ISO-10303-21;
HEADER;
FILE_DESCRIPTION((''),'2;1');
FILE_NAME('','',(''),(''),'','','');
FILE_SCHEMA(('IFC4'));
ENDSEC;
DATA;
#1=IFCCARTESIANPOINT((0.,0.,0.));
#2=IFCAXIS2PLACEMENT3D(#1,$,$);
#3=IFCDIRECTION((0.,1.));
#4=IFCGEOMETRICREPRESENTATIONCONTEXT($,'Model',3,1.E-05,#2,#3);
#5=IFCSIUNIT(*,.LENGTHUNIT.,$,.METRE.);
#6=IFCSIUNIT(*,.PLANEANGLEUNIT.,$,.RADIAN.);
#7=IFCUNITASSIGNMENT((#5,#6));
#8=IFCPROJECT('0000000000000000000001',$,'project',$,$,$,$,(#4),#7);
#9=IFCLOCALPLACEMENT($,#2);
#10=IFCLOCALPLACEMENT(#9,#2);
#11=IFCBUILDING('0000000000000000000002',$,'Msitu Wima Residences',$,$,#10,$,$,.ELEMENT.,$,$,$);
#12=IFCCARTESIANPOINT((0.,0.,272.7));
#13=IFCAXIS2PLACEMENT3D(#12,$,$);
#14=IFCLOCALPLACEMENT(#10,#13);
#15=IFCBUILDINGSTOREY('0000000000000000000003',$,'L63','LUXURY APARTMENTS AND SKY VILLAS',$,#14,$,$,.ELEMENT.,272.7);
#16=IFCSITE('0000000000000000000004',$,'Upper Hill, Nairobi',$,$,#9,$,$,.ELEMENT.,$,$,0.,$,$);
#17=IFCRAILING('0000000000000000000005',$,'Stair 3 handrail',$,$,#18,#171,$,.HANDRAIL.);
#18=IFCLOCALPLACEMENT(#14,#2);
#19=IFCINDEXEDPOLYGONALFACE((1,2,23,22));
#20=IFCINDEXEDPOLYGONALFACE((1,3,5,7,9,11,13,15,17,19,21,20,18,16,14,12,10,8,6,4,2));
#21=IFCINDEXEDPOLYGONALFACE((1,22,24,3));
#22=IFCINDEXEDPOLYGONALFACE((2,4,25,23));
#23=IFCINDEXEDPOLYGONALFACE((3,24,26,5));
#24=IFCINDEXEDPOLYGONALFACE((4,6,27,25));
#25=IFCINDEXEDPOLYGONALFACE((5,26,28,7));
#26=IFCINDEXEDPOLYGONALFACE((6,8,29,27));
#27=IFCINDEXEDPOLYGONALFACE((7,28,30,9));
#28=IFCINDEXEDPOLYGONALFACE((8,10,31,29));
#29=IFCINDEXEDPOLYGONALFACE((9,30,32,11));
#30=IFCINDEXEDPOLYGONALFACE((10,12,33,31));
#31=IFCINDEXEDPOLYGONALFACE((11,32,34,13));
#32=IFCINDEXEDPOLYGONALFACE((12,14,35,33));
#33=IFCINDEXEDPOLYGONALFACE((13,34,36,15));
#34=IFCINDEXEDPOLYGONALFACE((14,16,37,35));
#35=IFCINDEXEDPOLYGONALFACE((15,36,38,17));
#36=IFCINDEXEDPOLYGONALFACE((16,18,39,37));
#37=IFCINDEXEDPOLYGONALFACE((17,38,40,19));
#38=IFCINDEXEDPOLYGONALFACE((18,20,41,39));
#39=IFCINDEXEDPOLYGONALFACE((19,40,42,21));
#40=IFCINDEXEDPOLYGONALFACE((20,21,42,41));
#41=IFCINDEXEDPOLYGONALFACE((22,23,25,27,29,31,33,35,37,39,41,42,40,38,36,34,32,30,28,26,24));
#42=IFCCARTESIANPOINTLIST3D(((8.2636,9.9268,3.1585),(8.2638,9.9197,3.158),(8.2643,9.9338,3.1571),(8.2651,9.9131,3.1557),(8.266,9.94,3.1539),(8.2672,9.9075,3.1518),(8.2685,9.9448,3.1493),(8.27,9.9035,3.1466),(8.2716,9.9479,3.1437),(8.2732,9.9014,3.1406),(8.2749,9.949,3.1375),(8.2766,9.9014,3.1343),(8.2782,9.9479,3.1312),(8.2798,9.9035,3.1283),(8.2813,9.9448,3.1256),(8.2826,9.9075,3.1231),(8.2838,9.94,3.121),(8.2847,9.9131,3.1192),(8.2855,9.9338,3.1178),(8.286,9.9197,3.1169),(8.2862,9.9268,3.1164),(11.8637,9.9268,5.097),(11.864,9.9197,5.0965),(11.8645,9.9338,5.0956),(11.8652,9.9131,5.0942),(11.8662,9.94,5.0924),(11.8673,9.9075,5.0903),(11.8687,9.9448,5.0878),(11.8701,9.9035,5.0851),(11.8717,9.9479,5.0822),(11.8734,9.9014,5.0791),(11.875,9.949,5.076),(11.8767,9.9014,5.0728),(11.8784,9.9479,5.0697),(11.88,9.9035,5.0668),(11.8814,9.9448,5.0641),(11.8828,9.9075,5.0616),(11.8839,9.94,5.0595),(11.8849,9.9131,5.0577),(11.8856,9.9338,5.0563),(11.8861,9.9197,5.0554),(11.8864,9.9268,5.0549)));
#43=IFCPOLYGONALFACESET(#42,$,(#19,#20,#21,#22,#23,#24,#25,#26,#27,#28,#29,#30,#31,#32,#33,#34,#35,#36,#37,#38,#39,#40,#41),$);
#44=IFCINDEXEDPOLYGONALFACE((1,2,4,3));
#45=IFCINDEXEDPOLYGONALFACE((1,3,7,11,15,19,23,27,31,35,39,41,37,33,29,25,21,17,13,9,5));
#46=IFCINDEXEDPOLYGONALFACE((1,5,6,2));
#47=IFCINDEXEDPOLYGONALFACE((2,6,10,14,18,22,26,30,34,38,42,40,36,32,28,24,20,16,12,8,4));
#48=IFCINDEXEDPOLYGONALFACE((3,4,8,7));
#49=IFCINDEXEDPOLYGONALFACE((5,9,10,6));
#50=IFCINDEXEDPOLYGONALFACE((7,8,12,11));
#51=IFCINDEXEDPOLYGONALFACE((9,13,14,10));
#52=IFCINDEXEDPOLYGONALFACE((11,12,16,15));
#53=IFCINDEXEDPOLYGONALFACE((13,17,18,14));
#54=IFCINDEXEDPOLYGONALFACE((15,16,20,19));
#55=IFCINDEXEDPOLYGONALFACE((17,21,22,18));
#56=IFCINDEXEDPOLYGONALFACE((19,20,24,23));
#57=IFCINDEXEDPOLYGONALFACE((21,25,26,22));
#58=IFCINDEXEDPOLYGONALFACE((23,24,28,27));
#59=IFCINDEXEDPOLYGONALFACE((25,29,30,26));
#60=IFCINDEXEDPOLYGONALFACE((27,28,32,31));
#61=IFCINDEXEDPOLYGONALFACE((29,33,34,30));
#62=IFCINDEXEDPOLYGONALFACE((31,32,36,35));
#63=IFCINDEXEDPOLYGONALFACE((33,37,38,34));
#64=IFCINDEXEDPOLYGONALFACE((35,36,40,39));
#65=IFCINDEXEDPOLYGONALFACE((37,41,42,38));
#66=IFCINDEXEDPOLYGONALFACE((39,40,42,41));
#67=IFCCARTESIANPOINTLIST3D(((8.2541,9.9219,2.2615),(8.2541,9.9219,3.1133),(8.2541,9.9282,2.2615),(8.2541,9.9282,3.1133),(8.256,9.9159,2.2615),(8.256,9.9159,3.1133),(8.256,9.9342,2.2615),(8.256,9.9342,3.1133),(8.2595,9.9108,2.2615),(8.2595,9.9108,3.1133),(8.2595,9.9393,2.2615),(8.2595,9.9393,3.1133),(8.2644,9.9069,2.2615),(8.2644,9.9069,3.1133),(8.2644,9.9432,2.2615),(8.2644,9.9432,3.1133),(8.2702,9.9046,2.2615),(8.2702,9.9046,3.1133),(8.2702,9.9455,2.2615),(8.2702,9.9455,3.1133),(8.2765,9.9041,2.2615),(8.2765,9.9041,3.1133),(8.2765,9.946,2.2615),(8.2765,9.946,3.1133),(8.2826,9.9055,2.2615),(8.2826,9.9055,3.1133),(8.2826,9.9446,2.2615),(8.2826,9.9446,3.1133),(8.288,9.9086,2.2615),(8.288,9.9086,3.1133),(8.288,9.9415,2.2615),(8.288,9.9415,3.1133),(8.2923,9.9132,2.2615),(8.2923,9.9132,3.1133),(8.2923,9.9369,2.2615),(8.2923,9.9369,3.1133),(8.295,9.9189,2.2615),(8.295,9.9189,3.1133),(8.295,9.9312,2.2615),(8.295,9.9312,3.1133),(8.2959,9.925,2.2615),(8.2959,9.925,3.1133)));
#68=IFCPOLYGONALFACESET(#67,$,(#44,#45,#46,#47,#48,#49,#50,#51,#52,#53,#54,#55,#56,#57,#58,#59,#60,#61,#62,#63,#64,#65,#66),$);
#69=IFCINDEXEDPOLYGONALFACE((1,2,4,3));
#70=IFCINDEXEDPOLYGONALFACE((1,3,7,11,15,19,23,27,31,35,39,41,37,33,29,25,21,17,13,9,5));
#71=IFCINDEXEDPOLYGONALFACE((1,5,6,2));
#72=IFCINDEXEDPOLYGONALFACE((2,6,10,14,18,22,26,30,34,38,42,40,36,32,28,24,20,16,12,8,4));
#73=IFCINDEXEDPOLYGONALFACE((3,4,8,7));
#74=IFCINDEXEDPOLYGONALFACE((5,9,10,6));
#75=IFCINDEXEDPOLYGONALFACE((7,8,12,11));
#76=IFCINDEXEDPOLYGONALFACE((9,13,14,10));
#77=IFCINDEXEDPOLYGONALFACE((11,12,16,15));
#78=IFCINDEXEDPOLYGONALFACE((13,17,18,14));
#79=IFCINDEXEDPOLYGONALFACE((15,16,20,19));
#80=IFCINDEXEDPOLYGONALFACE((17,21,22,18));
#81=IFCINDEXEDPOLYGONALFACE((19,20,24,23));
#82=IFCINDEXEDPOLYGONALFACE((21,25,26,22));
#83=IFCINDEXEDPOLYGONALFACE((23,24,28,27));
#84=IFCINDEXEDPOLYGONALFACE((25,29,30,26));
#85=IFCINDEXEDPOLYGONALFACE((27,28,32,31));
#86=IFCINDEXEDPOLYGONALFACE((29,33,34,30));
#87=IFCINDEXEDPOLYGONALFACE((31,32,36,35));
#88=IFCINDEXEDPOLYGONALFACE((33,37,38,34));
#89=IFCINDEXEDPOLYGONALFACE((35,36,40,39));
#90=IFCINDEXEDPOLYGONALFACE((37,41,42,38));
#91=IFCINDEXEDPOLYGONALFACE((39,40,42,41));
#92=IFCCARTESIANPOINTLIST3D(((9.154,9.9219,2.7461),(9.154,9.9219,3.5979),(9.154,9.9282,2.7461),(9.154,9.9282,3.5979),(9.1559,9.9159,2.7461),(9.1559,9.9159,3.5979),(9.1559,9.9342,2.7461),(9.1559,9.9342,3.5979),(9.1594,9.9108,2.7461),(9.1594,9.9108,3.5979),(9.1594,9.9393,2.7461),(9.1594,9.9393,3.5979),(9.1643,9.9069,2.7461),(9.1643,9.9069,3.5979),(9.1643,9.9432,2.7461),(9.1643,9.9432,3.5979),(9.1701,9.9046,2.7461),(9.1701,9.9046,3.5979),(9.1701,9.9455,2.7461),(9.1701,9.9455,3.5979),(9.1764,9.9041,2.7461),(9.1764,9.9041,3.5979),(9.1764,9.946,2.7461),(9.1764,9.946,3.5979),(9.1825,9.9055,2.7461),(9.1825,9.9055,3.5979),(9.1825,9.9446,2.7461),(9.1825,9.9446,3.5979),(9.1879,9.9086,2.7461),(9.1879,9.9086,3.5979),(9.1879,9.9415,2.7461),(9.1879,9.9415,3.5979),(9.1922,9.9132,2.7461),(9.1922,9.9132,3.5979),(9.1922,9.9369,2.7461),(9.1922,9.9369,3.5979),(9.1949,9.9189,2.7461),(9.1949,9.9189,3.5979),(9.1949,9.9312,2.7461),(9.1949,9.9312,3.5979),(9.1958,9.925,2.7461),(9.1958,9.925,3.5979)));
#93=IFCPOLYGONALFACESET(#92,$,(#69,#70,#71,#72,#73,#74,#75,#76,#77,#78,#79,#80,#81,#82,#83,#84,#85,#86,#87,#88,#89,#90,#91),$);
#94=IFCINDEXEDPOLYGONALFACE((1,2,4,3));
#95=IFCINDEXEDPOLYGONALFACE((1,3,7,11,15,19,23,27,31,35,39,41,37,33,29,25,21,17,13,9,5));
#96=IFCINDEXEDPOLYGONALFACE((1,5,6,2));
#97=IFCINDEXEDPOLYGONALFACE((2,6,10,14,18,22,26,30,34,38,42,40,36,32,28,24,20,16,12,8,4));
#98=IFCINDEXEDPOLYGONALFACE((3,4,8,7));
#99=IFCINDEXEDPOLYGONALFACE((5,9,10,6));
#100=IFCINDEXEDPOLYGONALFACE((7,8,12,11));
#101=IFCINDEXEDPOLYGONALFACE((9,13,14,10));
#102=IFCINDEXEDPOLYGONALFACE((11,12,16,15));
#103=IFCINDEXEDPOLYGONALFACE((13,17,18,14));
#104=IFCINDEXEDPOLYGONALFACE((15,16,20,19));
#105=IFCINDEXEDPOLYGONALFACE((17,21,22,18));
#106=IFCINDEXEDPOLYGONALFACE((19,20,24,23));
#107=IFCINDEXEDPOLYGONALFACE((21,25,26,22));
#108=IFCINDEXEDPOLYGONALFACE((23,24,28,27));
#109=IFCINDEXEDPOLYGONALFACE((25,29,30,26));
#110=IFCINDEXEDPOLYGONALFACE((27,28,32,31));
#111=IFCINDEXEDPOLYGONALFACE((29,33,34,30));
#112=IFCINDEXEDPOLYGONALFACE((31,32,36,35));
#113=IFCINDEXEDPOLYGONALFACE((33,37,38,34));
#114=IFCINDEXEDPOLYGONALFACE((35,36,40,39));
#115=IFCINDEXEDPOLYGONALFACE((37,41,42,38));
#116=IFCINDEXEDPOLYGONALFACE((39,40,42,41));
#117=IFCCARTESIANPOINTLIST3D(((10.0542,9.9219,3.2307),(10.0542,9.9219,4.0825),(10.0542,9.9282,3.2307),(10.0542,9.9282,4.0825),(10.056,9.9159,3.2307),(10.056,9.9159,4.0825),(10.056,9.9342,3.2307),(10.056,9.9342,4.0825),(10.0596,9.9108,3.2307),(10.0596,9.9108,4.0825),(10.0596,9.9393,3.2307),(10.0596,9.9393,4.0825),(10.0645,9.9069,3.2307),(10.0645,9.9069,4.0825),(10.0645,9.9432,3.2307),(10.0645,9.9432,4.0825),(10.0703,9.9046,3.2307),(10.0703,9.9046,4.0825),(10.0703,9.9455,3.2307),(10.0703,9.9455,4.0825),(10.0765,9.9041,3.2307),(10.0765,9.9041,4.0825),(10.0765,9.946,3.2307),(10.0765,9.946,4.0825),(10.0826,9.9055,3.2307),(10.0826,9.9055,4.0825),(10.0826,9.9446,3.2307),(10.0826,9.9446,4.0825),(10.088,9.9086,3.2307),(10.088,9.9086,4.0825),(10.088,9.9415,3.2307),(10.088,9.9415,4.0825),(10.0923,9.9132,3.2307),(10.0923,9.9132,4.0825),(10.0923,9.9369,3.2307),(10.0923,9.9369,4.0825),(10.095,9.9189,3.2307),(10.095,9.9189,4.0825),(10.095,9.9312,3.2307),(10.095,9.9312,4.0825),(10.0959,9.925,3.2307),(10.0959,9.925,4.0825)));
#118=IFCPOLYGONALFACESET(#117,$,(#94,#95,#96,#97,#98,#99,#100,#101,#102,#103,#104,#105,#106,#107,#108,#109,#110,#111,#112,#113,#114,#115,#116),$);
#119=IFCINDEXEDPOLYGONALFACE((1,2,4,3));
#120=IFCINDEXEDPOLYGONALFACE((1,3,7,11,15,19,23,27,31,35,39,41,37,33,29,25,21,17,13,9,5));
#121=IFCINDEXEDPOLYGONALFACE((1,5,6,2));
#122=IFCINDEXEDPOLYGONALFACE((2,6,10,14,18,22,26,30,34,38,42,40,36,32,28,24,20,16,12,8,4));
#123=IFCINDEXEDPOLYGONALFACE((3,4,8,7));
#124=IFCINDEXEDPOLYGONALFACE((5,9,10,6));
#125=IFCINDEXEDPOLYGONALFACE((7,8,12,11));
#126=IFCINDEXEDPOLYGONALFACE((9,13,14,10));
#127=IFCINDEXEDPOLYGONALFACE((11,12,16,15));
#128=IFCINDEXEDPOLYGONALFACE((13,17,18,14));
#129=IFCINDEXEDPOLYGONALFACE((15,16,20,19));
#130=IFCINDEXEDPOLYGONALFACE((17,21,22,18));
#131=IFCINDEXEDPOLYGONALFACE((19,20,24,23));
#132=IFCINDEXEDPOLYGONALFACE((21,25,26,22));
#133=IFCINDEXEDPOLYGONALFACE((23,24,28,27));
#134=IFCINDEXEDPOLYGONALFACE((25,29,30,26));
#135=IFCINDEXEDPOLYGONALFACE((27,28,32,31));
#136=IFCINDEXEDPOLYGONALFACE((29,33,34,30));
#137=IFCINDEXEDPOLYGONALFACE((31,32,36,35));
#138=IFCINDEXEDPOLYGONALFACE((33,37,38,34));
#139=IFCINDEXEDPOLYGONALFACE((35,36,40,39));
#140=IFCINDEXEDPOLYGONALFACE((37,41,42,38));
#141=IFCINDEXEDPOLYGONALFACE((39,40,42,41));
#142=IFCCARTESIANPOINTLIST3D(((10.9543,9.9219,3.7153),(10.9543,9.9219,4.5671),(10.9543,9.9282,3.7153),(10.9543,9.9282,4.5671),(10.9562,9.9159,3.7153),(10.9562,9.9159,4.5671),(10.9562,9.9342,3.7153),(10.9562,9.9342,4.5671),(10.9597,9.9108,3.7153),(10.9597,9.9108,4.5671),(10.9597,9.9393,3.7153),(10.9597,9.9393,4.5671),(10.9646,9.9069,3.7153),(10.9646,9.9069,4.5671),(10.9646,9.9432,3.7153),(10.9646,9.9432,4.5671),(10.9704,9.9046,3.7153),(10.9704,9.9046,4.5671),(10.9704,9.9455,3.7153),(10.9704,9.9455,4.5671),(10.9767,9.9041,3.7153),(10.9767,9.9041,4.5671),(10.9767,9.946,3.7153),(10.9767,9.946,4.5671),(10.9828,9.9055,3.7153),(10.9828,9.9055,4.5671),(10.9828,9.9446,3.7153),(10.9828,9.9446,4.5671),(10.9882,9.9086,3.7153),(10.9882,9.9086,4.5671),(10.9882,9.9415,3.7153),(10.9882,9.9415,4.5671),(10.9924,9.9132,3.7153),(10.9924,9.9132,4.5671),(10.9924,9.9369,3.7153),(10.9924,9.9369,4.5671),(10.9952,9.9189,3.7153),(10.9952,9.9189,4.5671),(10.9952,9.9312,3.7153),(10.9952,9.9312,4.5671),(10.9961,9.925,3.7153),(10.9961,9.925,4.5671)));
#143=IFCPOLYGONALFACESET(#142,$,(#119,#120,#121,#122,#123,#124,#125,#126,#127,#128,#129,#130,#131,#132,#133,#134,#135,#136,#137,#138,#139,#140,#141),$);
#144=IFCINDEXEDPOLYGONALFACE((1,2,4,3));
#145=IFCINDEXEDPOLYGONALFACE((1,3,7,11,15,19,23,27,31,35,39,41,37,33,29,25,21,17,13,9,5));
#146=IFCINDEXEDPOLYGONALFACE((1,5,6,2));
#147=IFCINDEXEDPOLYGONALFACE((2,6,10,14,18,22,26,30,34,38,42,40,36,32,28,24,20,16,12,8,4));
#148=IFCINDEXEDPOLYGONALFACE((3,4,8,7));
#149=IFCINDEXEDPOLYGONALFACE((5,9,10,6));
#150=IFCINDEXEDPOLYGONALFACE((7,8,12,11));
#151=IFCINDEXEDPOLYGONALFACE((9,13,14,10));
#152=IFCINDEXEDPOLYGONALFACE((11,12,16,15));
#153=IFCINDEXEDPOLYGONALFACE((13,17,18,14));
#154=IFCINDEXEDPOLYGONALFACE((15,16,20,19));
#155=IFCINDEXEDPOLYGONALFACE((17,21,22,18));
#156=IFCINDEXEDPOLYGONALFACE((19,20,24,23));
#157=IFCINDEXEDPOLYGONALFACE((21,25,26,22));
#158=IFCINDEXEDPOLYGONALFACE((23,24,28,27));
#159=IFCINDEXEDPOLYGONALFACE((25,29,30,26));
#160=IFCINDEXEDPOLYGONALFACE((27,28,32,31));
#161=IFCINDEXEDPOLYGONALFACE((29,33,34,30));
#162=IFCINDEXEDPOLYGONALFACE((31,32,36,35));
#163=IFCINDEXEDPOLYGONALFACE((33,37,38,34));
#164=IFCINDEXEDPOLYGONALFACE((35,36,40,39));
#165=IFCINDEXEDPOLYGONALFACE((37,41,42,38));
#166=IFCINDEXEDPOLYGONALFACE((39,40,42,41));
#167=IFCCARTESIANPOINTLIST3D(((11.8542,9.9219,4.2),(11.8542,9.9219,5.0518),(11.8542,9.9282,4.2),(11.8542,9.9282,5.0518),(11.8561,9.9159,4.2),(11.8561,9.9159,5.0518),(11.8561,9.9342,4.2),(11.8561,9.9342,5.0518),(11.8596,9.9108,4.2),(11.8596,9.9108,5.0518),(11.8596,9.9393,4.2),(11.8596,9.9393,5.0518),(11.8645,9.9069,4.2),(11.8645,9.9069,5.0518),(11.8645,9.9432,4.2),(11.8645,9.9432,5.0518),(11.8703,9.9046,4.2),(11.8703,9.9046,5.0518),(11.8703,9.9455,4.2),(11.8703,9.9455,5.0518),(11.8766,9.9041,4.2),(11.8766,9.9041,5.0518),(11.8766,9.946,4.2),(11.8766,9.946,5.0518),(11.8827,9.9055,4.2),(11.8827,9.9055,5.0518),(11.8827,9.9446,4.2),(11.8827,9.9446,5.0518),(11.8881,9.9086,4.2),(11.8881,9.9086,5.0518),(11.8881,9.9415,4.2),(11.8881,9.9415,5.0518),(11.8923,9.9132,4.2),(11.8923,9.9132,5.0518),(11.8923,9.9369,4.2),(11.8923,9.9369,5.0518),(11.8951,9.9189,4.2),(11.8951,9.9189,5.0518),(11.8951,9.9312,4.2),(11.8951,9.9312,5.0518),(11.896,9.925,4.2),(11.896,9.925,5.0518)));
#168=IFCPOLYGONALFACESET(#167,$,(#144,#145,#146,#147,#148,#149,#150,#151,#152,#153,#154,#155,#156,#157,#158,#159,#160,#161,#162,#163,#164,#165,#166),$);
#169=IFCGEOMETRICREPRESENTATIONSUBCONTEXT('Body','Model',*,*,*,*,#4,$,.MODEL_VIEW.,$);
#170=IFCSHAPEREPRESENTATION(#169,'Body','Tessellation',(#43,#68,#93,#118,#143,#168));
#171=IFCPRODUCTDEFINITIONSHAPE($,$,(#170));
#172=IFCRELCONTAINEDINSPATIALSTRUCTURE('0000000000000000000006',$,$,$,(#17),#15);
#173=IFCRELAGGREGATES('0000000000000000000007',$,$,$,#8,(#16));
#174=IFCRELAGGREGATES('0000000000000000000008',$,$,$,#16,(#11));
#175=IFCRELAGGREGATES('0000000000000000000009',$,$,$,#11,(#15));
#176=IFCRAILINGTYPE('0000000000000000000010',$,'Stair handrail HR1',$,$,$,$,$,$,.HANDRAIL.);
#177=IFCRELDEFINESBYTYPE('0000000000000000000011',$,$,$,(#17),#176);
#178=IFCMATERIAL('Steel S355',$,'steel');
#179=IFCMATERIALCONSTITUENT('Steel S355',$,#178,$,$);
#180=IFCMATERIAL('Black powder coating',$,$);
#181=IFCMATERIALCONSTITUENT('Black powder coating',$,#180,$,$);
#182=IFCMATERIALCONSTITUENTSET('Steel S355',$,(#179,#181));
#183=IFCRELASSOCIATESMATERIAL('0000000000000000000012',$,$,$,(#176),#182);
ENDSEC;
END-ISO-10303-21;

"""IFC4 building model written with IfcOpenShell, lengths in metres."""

from ifc_helpers import new_model, si_unit, direction, frame, origin, origin_2d, place, context, subcontext, project, spatial, circle, extrude, material, constituent, constituent_set, type_object, element, save


model = new_model("IFC4")

# Units and contexts
model_context = context("Model", 3, precision=1e-05, world=origin(), true_north=direction((0.0, 1.0)))
body_context = subcontext(model_context, "Body", "Model", "MODEL_VIEW")
ifc_project = project(units=[si_unit("LENGTHUNIT", "METRE"), si_unit("PLANEANGLEUNIT", "RADIAN")], contexts=[model_context])

# Site, building, storey
site_placement = place(None, origin())
site = spatial("IfcSite", under=ifc_project, at=site_placement, Name="Upper Hill, Nairobi", CompositionType="ELEMENT", RefElevation=0.0)
building_placement = place(site_placement, origin())
building = spatial("IfcBuilding", under=site, at=building_placement, Name="Msitu Wima Residences", CompositionType="ELEMENT")
storey_placement = place(building_placement, frame((0.0, 0.0, 272.7)))
storey = spatial("IfcBuildingStorey", under=building, at=storey_placement, Name="L63", Description="LUXURY APARTMENTS AND SKY VILLAS", CompositionType="ELEMENT", Elevation=272.7)

# Railing
ifc_material_1 = material(Name="Steel S355", Category="steel")
ifc_constituent_1 = constituent(ifc_material_1, Name="Steel S355")
ifc_material_2 = material(Name="Black powder coating")
ifc_constituent_2 = constituent(ifc_material_2, Name="Black powder coating")
ifc_constituent_set = constituent_set(constituents=[ifc_constituent_1, ifc_constituent_2], Name="Steel S355")
railing_type = type_object("IfcRailingType", Name="Stair handrail HR1", PredefinedType="HANDRAIL", material=ifc_constituent_set)
for number, where, name in (
    (1, (8.2749, 9.925, 2.2615), "Stair 3 handrail"),
):
    element("IfcRailing", number, at=place(storey_placement, frame(where)), inside=storey, type_object=railing_type, Name=name, PredefinedType="HANDRAIL", context=body_context, shape_type="SweptSolid", body=[
        extrude(circle(Radius=0.0239, at=origin_2d()), frame((0.0, 0.0, 0.876), z_axis=(0.880475, 0.0, 0.474093), x_axis=(0.0, 1.0, 0.0)), (0.0, 0.0, 1.0), 4.0889),
        extrude(circle(Radius=0.021, at=origin_2d()), origin(), (0.0, 0.0, 1.0), 0.8518),
        extrude(circle(Radius=0.021, at=origin_2d()), frame((0.8999, 0.0, 0.4846)), (0.0, 0.0, 1.0), 0.8518),
        extrude(circle(Radius=0.021, at=origin_2d()), frame((1.8, 0.0, 0.9692)), (0.0, 0.0, 1.0), 0.8518),
        extrude(circle(Radius=0.021, at=origin_2d()), frame((2.7002, 0.0, 1.4539)), (0.0, 0.0, 1.0), 0.8518),
        extrude(circle(Radius=0.021, at=origin_2d()), frame((3.6001, 0.0, 1.9385)), (0.0, 0.0, 1.0), 0.8518),
    ])

save(model, "model.ifc")
